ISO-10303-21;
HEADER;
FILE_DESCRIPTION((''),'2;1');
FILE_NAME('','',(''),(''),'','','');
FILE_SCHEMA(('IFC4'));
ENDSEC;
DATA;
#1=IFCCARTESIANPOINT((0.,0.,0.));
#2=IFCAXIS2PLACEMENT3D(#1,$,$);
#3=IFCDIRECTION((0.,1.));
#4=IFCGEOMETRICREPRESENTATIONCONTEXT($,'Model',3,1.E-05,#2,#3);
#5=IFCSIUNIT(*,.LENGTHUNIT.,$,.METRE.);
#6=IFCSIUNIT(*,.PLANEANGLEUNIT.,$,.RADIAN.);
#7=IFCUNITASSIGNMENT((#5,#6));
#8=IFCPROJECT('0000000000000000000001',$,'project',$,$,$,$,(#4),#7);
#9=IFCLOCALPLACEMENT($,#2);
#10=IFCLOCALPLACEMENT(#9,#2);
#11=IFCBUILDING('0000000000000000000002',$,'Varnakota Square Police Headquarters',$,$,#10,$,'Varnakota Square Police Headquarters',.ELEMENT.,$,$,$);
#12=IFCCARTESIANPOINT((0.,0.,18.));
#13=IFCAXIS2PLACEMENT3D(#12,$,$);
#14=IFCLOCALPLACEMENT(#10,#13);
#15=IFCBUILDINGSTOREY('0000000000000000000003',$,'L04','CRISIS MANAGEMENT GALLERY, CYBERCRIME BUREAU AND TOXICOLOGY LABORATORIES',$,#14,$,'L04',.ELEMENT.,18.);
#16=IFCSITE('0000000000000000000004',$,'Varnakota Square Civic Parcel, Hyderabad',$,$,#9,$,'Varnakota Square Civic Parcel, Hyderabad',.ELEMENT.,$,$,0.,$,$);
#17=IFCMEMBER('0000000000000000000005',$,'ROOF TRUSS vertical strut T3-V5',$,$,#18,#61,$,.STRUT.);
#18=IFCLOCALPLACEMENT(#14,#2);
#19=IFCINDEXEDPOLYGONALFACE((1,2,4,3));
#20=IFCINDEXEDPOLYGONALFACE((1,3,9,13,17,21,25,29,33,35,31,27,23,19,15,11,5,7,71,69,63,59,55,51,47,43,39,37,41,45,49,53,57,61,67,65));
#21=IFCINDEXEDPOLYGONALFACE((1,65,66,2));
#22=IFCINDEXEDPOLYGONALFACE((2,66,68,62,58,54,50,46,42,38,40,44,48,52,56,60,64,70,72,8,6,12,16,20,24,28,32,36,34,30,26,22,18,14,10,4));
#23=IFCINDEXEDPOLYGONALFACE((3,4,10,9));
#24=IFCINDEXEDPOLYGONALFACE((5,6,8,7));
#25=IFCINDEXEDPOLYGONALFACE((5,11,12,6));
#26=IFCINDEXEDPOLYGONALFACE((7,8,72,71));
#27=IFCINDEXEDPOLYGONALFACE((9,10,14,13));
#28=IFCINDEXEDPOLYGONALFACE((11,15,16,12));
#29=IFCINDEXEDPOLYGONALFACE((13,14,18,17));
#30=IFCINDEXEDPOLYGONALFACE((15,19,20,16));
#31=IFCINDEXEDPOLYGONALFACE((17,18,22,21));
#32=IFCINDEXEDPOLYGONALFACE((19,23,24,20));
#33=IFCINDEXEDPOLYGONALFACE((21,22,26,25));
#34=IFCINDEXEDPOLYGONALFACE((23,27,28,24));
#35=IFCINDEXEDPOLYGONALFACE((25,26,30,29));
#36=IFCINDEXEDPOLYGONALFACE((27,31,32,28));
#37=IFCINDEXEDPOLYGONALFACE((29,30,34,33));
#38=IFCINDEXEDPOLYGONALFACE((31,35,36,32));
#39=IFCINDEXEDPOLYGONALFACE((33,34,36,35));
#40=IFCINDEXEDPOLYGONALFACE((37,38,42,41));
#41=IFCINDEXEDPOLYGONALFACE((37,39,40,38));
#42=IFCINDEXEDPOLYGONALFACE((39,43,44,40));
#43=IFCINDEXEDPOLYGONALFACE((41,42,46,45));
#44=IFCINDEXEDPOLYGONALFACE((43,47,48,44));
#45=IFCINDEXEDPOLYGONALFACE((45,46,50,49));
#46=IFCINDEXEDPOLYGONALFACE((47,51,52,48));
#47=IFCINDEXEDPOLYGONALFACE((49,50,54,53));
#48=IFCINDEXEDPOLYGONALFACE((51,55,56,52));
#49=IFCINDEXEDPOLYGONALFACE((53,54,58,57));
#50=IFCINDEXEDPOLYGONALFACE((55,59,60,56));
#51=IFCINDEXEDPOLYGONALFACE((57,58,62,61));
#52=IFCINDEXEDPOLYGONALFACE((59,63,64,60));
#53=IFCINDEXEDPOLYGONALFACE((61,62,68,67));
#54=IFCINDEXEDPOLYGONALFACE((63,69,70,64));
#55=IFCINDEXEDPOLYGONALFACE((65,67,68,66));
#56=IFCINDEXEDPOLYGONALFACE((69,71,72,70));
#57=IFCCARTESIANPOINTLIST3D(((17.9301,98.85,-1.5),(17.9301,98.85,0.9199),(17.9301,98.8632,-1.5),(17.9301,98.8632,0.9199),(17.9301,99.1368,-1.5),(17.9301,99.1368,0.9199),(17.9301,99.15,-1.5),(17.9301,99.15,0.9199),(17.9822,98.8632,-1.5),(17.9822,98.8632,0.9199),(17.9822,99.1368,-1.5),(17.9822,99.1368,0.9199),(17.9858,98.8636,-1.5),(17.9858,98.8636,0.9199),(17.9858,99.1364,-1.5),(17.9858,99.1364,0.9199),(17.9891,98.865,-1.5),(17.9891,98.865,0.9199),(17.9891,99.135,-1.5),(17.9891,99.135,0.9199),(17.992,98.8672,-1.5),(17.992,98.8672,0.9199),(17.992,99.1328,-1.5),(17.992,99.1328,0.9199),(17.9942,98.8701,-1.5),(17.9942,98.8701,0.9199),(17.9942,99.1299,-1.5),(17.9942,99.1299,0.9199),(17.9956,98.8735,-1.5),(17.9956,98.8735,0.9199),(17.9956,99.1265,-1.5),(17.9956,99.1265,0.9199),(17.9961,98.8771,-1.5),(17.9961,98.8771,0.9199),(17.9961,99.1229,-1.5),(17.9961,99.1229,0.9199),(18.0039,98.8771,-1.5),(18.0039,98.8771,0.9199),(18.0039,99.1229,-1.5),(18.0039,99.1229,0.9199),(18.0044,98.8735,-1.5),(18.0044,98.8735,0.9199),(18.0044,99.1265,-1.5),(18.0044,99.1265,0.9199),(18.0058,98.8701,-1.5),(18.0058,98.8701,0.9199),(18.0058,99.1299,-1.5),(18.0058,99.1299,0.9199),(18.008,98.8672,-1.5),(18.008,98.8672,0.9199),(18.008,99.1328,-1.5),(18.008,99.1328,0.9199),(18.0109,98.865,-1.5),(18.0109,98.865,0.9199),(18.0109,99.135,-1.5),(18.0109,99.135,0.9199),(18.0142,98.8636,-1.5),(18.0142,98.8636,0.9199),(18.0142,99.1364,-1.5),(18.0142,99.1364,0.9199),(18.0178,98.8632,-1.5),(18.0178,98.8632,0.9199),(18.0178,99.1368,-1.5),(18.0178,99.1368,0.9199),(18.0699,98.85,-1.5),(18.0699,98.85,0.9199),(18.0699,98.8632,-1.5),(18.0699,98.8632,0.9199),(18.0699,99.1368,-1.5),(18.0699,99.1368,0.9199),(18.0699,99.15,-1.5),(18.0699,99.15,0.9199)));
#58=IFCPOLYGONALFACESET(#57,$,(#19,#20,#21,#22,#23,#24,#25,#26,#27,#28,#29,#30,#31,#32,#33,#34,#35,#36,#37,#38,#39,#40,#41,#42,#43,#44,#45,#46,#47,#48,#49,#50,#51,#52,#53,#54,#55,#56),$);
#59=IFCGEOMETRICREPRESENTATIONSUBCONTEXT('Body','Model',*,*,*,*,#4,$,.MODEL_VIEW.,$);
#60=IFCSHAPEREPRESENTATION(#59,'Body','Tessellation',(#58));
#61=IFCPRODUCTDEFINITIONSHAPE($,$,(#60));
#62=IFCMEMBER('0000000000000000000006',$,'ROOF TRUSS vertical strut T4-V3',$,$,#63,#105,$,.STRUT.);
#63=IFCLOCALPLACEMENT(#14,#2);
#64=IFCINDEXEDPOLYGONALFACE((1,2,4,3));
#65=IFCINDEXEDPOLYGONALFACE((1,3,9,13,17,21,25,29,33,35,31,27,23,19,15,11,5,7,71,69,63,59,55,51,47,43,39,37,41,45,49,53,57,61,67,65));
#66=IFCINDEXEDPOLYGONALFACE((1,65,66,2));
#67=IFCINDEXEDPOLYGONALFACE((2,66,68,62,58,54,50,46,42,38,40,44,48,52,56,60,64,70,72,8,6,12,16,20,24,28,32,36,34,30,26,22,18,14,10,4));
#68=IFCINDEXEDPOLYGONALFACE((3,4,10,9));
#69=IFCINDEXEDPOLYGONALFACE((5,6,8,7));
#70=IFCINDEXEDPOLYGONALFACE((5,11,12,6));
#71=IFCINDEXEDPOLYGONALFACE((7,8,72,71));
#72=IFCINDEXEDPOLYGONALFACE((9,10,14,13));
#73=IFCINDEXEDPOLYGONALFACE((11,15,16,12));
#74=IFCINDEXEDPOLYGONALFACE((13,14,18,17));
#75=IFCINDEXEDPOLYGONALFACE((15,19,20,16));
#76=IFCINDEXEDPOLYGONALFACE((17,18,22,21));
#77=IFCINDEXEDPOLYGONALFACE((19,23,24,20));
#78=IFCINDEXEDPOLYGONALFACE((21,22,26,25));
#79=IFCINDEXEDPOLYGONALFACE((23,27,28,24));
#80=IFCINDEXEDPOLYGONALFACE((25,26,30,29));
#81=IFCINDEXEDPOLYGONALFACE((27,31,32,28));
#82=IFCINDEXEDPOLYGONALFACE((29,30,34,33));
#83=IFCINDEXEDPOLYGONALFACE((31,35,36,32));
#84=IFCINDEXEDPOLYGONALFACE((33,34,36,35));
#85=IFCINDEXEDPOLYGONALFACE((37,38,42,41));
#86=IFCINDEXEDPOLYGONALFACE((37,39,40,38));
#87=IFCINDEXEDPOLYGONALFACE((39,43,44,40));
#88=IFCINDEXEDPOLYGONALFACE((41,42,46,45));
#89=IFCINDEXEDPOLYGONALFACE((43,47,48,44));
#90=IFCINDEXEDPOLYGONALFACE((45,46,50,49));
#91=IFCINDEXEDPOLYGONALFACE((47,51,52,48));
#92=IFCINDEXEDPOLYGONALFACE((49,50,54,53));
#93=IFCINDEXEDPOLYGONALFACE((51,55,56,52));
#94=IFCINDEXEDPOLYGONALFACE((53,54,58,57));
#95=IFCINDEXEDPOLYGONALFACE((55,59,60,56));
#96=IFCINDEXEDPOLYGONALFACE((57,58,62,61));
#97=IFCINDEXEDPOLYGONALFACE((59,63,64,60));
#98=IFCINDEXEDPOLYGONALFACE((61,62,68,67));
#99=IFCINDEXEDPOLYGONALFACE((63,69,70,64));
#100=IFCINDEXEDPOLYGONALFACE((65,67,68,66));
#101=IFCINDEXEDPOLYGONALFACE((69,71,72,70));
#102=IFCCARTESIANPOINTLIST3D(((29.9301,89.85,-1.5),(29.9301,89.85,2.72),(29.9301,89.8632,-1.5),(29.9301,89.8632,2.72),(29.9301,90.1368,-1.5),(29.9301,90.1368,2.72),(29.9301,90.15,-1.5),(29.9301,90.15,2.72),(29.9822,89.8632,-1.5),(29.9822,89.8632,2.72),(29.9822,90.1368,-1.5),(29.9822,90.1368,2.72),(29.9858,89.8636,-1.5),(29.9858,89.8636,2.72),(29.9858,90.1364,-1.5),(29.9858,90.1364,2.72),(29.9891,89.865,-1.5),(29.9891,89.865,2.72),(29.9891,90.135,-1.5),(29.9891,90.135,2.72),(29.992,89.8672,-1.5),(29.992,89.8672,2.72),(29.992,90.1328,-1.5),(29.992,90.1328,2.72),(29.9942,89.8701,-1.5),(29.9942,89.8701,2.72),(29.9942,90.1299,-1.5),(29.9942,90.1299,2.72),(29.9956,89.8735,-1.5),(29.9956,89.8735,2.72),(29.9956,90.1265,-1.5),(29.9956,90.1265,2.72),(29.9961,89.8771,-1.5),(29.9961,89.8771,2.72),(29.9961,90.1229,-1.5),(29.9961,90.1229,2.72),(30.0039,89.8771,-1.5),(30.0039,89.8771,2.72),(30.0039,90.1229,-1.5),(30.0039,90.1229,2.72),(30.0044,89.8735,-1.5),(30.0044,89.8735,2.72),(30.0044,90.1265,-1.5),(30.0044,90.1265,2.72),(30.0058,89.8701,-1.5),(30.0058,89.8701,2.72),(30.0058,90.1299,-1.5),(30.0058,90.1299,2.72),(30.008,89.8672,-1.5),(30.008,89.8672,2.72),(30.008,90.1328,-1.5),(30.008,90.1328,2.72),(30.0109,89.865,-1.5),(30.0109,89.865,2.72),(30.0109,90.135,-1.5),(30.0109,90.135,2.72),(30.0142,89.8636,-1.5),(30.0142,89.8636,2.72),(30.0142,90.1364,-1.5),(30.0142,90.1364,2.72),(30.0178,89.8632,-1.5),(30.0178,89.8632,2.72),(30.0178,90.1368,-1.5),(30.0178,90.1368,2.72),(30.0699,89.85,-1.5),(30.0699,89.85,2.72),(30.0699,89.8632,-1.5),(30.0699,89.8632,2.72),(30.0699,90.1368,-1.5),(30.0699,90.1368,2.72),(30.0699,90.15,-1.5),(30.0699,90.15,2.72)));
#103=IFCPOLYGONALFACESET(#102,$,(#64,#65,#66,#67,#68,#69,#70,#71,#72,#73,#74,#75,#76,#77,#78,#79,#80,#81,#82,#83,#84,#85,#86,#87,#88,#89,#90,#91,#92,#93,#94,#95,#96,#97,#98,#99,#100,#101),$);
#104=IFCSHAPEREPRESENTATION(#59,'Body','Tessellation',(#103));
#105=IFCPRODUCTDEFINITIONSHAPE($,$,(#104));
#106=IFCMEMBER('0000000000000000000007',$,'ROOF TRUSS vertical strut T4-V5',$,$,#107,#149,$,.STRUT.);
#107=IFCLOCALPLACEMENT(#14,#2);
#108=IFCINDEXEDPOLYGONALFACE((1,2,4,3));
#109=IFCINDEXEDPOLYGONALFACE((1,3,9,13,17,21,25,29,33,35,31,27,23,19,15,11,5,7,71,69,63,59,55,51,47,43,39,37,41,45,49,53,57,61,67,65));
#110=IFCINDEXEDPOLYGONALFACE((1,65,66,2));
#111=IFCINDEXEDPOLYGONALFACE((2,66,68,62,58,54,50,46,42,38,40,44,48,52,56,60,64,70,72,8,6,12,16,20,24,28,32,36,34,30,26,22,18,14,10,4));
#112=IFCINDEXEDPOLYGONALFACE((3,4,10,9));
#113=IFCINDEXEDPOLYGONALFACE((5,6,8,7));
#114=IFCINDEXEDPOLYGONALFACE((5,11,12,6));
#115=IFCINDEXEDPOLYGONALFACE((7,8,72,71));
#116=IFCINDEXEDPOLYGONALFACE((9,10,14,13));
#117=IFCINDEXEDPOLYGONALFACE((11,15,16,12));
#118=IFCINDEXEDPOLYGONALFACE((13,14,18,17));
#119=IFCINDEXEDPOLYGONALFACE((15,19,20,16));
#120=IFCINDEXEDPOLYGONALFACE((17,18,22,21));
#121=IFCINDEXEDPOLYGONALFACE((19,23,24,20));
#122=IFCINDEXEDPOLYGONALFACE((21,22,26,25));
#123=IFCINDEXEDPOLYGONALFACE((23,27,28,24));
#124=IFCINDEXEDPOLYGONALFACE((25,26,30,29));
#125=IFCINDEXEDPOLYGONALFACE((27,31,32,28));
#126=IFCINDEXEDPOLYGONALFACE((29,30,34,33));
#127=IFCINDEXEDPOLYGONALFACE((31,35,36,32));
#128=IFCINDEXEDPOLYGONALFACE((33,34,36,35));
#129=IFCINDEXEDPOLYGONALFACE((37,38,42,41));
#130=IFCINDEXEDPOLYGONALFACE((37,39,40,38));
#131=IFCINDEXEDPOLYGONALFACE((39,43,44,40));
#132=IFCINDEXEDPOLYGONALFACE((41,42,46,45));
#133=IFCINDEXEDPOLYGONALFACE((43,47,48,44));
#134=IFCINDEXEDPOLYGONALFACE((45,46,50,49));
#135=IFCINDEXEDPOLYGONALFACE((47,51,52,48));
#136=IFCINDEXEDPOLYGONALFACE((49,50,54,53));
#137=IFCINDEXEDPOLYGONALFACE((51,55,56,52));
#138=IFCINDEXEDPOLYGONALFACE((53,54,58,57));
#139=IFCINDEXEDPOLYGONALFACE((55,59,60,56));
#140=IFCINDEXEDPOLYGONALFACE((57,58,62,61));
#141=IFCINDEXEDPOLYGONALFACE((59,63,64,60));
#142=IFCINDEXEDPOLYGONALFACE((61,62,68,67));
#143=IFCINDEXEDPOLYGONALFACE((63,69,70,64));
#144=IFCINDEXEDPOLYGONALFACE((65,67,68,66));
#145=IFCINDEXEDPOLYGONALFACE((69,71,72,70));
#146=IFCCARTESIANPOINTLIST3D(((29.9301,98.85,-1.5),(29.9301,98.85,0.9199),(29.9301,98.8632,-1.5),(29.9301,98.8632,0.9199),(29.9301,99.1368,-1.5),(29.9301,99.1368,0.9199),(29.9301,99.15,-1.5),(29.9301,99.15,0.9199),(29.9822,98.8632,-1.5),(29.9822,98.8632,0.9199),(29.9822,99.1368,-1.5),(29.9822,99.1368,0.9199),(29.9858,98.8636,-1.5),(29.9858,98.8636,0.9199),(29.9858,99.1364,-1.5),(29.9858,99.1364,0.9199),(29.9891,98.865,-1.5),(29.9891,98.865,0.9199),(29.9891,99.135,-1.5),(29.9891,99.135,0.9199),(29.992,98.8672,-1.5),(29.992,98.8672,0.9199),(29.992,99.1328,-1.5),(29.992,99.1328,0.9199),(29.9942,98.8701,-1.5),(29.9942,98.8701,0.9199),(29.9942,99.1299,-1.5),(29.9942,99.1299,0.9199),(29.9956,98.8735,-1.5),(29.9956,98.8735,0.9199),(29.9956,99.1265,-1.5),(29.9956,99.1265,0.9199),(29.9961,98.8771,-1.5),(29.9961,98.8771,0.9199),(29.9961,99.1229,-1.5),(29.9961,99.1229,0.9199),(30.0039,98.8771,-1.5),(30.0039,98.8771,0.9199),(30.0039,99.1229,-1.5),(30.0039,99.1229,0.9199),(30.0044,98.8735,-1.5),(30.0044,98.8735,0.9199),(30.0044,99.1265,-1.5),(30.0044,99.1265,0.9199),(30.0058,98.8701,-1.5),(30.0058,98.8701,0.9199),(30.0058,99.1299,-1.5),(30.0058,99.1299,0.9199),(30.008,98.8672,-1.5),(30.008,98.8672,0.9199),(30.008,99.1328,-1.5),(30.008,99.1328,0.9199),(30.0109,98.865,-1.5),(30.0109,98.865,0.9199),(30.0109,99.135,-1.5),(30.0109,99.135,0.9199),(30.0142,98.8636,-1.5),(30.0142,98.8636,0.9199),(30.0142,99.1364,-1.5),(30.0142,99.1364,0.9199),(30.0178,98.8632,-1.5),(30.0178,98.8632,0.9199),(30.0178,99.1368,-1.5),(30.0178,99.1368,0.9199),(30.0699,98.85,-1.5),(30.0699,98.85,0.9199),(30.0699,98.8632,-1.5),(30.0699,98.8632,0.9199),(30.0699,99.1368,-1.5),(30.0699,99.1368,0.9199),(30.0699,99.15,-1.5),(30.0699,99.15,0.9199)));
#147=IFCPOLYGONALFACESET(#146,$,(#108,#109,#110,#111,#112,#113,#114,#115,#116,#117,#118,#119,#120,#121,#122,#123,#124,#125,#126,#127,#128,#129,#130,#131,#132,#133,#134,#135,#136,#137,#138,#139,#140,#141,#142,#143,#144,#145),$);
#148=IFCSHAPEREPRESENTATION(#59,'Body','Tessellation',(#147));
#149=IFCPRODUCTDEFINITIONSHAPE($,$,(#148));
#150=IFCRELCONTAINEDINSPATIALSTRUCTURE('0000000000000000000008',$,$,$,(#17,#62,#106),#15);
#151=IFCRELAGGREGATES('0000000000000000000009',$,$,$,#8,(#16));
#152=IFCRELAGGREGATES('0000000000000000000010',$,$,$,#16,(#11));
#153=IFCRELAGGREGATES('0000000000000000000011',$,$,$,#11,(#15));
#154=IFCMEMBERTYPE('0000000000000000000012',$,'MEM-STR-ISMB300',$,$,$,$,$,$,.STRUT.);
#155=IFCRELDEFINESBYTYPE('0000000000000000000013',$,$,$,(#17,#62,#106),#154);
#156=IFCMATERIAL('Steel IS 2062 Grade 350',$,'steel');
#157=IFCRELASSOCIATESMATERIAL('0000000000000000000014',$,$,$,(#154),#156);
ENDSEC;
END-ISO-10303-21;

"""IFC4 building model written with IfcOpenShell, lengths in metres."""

from ifc_helpers import new_model, si_unit, direction, frame, origin, origin_2d, place, context, subcontext, project, spatial, i_section, extrude, material, material_profile, profile_set, type_object, element, save


model = new_model("IFC4")

# Units and contexts
model_context = context("Model", 3, precision=1e-05, world=origin(), true_north=direction((0.0, 1.0)))
body_context = subcontext(model_context, "Body", "Model", "MODEL_VIEW")
ifc_project = project(units=[si_unit("LENGTHUNIT", "METRE"), si_unit("PLANEANGLEUNIT", "RADIAN")], contexts=[model_context])

# Site, building, storey
site_placement = place(None, origin())
site = spatial("IfcSite", under=ifc_project, at=site_placement, Name="Varnakota Square Civic Parcel, Hyderabad", LongName="Varnakota Square Civic Parcel, Hyderabad", CompositionType="ELEMENT", RefElevation=0.0)
building_placement = place(site_placement, origin())
building = spatial("IfcBuilding", under=site, at=building_placement, Name="Varnakota Square Police Headquarters", LongName="Varnakota Square Police Headquarters", CompositionType="ELEMENT")
storey_placement = place(building_placement, frame((0.0, 0.0, 18.0)))
storey = spatial("IfcBuildingStorey", under=building, at=storey_placement, Name="L04", Description="CRISIS MANAGEMENT GALLERY, CYBERCRIME BUREAU AND TOXICOLOGY LABORATORIES", LongName="L04", CompositionType="ELEMENT", Elevation=18.0)

# Shared definitions
ifc_material_1 = material(Name="Steel IS 2062 Grade 350", Category="steel")

# Members
ifc_material_profile_1 = material_profile(ifc_material_1, i_section(OverallWidth=0.1399, OverallDepth=0.3, WebThickness=0.0078, FlangeThickness=0.0132, FilletRadius=0.0139, at=origin_2d()), Name="ISMB 300")
ifc_profile_set_1 = profile_set([ifc_material_profile_1], Name="Steel IS 2062 Grade 350")
member_type_1 = type_object("IfcMemberType", Name="MEM-STR-ISMB300", PredefinedType="STRUT", material=ifc_profile_set_1)
member_1_placement = place(storey_placement, frame((18.0, 99.0, -1.5), z_axis=(0.0, 0.0, 1.0), x_axis=(1.0, 0.0, 0.0)))
element("IfcMember", 1, at=member_1_placement, inside=storey, type_object=member_type_1, Name="ROOF TRUSS vertical strut T3-V5", PredefinedType="STRUT", context=body_context, shape_type="SweptSolid", body=[
    extrude(i_section(OverallWidth=0.1399, OverallDepth=0.3, WebThickness=0.0078, FlangeThickness=0.0132, FilletRadius=0.0139, at=origin_2d()), origin(), (0.0, 0.0, 1.0), 2.4199),
])
member_2_placement = place(storey_placement, frame((30.0, 90.0, -1.5), z_axis=(0.0, 0.0, 1.0), x_axis=(1.0, 0.0, 0.0)))
element("IfcMember", 2, at=member_2_placement, inside=storey, type_object=member_type_1, Name="ROOF TRUSS vertical strut T4-V3", PredefinedType="STRUT", context=body_context, shape_type="SweptSolid", body=[
    extrude(i_section(OverallWidth=0.1399, OverallDepth=0.3, WebThickness=0.0078, FlangeThickness=0.0132, FilletRadius=0.0139, at=origin_2d()), origin(), (0.0, 0.0, 1.0), 4.22),
])
member_3_placement = place(storey_placement, frame((30.0, 99.0, -1.5), z_axis=(0.0, 0.0, 1.0), x_axis=(1.0, 0.0, 0.0)))
element("IfcMember", 3, at=member_3_placement, inside=storey, type_object=member_type_1, Name="ROOF TRUSS vertical strut T4-V5", PredefinedType="STRUT", context=body_context, shape_type="SweptSolid", body=[
    extrude(i_section(OverallWidth=0.1399, OverallDepth=0.3, WebThickness=0.0078, FlangeThickness=0.0132, FilletRadius=0.0139, at=origin_2d()), origin(), (0.0, 0.0, 1.0), 2.4199),
])

save(model, "model.ifc")
